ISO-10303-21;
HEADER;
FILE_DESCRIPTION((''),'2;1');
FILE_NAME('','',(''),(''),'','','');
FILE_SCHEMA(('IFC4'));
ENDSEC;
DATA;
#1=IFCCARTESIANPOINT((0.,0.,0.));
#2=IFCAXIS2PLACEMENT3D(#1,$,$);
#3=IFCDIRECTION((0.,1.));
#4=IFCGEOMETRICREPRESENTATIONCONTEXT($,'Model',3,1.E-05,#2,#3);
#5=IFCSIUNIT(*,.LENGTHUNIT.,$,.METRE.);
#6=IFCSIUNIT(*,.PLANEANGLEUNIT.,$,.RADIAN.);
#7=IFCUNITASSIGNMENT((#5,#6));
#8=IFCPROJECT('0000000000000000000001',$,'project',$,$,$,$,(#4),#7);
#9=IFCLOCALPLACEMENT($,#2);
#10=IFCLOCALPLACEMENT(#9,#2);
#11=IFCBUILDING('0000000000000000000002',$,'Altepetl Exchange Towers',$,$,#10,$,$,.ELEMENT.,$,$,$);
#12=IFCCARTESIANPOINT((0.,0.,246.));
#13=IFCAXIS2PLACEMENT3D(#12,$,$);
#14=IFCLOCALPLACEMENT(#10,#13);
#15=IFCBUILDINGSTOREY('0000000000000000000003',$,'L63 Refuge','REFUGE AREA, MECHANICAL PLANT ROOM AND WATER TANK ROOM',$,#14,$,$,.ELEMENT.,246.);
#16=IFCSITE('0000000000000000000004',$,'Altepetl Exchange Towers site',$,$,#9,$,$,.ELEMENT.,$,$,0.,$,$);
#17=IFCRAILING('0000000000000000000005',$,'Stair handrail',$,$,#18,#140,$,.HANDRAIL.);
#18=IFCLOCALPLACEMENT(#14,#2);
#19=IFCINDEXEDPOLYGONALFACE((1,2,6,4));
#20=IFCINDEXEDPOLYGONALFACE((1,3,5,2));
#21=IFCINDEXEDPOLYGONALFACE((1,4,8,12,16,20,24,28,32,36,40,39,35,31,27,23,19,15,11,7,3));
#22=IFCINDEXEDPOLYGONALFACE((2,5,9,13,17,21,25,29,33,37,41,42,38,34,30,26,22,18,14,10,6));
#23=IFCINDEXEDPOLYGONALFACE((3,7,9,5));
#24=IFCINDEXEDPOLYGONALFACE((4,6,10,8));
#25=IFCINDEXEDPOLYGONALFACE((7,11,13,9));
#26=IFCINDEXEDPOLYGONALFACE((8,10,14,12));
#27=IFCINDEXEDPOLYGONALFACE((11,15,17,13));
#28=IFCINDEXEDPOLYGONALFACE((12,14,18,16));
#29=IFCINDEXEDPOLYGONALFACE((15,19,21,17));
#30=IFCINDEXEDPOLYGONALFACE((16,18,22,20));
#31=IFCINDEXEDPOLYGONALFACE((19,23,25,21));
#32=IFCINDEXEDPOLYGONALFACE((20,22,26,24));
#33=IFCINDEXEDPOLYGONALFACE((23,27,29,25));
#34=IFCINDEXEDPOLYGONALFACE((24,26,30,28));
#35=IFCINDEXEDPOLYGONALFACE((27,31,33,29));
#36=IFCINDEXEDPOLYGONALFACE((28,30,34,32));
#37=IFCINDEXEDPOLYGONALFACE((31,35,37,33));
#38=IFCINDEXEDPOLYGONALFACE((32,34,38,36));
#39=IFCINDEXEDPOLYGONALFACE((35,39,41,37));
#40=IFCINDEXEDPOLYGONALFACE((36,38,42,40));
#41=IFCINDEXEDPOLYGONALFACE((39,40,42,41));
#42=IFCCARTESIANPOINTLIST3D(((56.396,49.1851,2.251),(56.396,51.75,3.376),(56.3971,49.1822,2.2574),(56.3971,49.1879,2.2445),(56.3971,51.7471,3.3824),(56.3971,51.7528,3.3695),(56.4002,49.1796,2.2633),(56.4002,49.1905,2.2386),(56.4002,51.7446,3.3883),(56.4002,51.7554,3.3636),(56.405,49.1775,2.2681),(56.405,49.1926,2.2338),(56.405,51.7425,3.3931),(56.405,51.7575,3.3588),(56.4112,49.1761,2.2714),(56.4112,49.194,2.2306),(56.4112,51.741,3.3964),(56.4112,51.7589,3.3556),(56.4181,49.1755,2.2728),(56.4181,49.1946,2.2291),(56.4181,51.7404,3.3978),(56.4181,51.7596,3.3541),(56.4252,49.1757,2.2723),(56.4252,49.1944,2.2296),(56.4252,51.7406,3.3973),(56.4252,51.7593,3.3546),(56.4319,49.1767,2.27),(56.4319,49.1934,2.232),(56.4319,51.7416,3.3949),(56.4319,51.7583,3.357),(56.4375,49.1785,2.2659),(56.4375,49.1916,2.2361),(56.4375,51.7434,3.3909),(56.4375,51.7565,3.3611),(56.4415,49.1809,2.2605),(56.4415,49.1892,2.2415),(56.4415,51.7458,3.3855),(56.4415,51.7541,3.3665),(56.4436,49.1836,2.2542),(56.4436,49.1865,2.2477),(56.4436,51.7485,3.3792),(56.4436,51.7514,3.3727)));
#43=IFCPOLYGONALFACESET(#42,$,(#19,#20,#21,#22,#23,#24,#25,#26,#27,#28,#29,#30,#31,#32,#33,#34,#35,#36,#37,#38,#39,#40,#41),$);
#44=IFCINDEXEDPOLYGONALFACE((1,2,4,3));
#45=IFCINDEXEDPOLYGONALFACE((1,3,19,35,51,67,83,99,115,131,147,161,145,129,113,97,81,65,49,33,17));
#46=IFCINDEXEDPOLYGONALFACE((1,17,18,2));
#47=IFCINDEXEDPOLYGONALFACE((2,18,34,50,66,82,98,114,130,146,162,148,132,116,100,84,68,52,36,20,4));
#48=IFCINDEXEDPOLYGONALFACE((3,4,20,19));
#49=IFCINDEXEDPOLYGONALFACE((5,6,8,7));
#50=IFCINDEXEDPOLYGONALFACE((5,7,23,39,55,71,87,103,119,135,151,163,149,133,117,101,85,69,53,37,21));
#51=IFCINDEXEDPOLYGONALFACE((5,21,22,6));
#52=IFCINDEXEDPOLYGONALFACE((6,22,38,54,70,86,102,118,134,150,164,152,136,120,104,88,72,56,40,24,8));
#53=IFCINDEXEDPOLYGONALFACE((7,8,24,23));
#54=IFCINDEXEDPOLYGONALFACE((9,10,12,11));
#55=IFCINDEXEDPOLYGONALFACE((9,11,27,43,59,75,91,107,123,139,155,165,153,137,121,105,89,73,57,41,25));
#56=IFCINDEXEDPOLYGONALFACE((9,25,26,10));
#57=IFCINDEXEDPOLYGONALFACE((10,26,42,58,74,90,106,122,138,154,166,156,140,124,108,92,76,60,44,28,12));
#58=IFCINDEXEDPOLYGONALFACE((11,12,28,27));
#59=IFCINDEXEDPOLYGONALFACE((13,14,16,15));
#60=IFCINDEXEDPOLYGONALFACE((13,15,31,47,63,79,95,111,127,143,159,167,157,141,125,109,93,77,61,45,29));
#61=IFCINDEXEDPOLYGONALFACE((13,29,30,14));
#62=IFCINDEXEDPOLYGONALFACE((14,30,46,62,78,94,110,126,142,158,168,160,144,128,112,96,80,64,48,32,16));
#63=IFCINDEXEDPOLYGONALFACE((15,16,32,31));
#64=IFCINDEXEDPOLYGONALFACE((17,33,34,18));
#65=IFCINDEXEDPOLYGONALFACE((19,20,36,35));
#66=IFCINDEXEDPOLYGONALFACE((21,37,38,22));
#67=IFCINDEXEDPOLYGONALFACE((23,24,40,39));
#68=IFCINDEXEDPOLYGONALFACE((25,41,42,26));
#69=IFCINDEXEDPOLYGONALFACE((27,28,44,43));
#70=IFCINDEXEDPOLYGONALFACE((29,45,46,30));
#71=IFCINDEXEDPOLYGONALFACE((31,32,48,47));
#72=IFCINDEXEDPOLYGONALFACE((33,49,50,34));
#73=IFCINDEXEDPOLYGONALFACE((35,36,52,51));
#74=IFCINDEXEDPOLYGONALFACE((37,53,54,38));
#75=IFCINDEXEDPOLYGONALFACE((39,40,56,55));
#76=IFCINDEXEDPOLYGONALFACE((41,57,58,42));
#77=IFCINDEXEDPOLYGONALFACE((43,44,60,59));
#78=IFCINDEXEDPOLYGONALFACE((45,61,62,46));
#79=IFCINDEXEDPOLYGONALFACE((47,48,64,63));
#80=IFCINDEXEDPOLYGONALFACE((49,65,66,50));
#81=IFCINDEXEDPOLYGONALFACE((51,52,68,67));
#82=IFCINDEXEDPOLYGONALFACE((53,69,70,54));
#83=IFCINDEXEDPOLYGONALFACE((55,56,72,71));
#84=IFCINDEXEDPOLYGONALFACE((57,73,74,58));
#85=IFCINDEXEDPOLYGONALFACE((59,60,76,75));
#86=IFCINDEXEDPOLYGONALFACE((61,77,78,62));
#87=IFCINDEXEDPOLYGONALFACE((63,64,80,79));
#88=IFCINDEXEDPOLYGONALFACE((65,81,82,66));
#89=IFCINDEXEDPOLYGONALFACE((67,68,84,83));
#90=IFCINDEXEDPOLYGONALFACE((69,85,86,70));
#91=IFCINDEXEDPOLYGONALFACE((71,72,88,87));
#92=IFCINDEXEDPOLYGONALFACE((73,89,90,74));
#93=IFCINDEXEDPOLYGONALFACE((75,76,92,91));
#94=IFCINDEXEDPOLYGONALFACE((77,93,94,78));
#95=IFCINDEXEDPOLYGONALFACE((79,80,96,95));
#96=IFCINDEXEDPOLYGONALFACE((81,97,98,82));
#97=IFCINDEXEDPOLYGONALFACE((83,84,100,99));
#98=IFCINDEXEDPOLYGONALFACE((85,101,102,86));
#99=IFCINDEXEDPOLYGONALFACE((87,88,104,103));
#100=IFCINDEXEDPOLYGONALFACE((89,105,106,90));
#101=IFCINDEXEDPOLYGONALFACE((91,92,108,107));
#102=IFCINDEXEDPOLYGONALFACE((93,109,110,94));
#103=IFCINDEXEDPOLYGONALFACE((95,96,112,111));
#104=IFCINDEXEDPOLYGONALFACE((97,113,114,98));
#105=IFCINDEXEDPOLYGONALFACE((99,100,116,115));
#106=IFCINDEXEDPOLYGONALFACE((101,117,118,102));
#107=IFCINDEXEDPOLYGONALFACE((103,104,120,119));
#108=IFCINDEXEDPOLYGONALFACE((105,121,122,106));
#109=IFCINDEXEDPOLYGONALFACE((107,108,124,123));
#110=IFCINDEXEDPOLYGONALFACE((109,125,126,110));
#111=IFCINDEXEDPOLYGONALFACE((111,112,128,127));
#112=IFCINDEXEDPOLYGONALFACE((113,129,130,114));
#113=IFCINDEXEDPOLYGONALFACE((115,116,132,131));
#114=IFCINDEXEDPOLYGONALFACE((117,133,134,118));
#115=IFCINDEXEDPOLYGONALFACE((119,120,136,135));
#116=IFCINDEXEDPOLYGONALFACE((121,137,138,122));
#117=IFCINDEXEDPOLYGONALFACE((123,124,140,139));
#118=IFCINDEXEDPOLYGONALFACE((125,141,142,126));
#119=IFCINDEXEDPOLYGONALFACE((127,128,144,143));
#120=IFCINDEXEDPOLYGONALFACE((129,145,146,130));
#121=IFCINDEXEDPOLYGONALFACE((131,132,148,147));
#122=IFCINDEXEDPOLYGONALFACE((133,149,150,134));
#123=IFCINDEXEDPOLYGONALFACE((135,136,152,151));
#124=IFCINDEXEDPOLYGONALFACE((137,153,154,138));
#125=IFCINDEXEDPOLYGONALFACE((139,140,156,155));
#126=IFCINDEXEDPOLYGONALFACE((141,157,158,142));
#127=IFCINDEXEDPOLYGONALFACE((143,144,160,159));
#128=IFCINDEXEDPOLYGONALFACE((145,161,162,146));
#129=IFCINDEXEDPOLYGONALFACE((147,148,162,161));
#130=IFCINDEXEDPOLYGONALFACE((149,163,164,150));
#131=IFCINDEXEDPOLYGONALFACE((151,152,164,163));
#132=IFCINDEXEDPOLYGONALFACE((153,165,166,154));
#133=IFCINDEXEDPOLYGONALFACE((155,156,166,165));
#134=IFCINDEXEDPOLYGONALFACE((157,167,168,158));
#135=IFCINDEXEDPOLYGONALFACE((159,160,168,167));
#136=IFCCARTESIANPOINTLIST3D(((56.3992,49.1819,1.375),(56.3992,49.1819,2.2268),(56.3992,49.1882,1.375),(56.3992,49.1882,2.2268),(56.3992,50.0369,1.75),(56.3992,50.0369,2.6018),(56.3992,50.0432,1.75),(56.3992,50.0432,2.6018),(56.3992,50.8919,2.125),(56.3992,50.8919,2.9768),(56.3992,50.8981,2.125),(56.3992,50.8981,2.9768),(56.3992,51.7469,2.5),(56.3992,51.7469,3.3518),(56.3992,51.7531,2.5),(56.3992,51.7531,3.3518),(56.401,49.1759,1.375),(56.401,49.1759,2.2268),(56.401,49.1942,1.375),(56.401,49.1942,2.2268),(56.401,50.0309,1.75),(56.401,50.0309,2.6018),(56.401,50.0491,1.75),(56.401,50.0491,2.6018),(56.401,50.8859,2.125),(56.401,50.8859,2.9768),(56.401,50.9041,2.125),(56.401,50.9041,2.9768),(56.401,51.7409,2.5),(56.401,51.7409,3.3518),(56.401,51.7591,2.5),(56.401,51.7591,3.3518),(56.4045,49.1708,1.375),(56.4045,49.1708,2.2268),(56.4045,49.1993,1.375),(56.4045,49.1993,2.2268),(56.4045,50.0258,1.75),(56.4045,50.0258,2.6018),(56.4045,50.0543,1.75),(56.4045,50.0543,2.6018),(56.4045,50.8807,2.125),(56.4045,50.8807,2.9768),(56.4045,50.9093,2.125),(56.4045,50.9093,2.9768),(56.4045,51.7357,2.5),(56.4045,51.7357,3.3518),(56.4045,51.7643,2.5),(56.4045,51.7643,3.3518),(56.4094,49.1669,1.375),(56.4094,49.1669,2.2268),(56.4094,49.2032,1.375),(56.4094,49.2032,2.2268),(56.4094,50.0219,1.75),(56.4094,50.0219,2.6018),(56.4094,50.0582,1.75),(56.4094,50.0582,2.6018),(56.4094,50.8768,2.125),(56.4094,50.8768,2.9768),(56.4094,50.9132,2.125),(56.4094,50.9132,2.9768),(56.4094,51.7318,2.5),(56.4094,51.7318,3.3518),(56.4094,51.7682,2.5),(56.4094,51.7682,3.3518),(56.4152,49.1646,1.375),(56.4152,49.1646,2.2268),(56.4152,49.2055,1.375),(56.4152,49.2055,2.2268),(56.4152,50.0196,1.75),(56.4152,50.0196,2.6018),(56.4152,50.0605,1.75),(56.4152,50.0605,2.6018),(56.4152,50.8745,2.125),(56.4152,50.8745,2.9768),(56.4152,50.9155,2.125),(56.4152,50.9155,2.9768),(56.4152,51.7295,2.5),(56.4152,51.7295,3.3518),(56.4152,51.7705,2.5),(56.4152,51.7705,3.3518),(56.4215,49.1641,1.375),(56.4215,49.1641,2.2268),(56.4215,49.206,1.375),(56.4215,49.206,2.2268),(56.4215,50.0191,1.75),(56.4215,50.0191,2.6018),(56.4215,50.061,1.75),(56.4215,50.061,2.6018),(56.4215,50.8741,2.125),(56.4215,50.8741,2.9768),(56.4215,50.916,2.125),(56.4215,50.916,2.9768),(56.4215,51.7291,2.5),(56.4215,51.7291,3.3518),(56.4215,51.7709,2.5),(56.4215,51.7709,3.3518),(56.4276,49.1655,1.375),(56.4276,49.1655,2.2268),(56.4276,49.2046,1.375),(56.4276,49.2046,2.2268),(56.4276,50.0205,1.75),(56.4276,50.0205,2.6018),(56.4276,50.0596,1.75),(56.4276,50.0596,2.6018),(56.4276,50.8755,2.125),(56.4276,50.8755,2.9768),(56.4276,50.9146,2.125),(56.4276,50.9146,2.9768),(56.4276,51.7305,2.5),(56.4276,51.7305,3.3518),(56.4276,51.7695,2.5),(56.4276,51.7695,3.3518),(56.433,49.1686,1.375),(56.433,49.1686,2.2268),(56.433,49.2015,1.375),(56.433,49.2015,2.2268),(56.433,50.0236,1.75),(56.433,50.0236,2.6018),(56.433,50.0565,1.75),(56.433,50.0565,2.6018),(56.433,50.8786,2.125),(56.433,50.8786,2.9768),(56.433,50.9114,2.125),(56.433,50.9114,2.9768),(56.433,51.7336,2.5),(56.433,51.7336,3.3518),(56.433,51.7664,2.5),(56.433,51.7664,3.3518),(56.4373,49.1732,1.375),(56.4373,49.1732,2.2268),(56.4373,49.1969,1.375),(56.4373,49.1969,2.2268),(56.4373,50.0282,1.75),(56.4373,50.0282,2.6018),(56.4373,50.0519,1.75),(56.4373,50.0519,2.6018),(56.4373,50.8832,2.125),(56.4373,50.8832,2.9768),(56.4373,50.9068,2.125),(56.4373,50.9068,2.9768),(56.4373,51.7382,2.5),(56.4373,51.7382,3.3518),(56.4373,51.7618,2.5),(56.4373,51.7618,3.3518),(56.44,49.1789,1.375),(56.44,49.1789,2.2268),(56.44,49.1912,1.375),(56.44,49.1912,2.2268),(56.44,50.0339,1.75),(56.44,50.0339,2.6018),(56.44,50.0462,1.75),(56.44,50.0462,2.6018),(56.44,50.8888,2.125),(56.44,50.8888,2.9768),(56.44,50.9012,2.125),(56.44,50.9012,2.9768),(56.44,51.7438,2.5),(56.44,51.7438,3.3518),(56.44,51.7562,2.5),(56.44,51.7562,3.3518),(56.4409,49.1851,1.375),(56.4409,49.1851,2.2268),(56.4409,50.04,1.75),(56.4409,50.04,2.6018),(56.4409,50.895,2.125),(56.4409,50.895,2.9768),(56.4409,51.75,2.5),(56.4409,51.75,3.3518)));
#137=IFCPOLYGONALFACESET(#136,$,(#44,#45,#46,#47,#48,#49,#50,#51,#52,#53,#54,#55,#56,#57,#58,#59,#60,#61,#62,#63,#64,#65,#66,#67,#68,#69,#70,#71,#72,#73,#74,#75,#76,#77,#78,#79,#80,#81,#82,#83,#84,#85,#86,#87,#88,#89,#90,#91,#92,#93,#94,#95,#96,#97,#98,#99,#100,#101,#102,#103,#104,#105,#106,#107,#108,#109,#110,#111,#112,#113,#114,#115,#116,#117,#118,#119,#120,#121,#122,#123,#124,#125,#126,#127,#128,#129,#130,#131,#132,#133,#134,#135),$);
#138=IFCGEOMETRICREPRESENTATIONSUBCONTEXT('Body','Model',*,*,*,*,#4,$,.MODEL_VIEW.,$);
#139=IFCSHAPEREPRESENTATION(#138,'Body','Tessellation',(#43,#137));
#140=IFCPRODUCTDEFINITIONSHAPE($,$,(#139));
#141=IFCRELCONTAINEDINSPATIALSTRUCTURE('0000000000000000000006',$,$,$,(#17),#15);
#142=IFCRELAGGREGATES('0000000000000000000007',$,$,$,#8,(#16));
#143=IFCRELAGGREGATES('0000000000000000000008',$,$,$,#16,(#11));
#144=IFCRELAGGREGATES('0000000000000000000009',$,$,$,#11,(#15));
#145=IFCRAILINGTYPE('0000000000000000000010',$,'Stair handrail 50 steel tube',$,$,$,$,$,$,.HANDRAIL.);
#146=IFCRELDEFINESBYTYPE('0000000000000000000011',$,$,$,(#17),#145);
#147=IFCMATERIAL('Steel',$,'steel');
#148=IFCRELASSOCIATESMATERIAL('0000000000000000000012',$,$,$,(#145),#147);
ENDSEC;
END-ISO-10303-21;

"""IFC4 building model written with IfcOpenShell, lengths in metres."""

from ifc_helpers import new_model, si_unit, direction, frame, origin, origin_2d, place, context, subcontext, project, spatial, circle, extrude, source, transform, mapped, material, type_object, element, save


model = new_model("IFC4")

# Units and contexts
model_context = context("Model", 3, precision=1e-05, world=origin(), true_north=direction((0.0, 1.0)))
body_context = subcontext(model_context, "Body", "Model", "MODEL_VIEW")
ifc_project = project(units=[si_unit("LENGTHUNIT", "METRE"), si_unit("PLANEANGLEUNIT", "RADIAN")], contexts=[model_context])

# Site, building, storey
site_placement = place(None, origin())
site = spatial("IfcSite", under=ifc_project, at=site_placement, Name="Altepetl Exchange Towers site", CompositionType="ELEMENT", RefElevation=0.0)
building_placement = place(site_placement, origin())
building = spatial("IfcBuilding", under=site, at=building_placement, Name="Altepetl Exchange Towers", CompositionType="ELEMENT")
storey_placement = place(building_placement, frame((0.0, 0.0, 246.0)))
storey = spatial("IfcBuildingStorey", under=building, at=storey_placement, Name="L63 Refuge", Description="REFUGE AREA, MECHANICAL PLANT ROOM AND WATER TANK ROOM", CompositionType="ELEMENT", Elevation=246.0)

# Railing
ifc_material_1 = material(Name="Steel", Category="steel")
railing_type = type_object("IfcRailingType", Name="Stair handrail 50 steel tube", PredefinedType="HANDRAIL", material=ifc_material_1)
shared_shape = source(origin(), body_context, "Body", "SweptSolid", [
    extrude(circle(Radius=0.021, at=origin_2d()), origin(), (0.0, 0.0, 1.0), 0.8518),
])
for number, where, name in (
    (1, (56.4199, 49.1851, 1.375), "Stair handrail"),
):
    element("IfcRailing", number, at=place(storey_placement, frame(where)), inside=storey, type_object=railing_type, Name=name, PredefinedType="HANDRAIL", context=body_context, shape_type="SweptSolid", body=[
        extrude(circle(Radius=0.0239, at=origin_2d()), frame((0.0, 0.0, 0.876), z_axis=(0.0, 0.915785, 0.401669), x_axis=(-1.0, 0.0, 0.0)), (0.0, 0.0, 1.0), 2.8008),
        mapped(shared_shape, transform((0.0, 0.0, 0.0))),
        mapped(shared_shape, transform((0.0, 0.855, 0.375))),
        mapped(shared_shape, transform((0.0, 1.71, 0.75))),
        mapped(shared_shape, transform((0.0, 2.5649, 1.125))),
    ])

save(model, "model.ifc")
